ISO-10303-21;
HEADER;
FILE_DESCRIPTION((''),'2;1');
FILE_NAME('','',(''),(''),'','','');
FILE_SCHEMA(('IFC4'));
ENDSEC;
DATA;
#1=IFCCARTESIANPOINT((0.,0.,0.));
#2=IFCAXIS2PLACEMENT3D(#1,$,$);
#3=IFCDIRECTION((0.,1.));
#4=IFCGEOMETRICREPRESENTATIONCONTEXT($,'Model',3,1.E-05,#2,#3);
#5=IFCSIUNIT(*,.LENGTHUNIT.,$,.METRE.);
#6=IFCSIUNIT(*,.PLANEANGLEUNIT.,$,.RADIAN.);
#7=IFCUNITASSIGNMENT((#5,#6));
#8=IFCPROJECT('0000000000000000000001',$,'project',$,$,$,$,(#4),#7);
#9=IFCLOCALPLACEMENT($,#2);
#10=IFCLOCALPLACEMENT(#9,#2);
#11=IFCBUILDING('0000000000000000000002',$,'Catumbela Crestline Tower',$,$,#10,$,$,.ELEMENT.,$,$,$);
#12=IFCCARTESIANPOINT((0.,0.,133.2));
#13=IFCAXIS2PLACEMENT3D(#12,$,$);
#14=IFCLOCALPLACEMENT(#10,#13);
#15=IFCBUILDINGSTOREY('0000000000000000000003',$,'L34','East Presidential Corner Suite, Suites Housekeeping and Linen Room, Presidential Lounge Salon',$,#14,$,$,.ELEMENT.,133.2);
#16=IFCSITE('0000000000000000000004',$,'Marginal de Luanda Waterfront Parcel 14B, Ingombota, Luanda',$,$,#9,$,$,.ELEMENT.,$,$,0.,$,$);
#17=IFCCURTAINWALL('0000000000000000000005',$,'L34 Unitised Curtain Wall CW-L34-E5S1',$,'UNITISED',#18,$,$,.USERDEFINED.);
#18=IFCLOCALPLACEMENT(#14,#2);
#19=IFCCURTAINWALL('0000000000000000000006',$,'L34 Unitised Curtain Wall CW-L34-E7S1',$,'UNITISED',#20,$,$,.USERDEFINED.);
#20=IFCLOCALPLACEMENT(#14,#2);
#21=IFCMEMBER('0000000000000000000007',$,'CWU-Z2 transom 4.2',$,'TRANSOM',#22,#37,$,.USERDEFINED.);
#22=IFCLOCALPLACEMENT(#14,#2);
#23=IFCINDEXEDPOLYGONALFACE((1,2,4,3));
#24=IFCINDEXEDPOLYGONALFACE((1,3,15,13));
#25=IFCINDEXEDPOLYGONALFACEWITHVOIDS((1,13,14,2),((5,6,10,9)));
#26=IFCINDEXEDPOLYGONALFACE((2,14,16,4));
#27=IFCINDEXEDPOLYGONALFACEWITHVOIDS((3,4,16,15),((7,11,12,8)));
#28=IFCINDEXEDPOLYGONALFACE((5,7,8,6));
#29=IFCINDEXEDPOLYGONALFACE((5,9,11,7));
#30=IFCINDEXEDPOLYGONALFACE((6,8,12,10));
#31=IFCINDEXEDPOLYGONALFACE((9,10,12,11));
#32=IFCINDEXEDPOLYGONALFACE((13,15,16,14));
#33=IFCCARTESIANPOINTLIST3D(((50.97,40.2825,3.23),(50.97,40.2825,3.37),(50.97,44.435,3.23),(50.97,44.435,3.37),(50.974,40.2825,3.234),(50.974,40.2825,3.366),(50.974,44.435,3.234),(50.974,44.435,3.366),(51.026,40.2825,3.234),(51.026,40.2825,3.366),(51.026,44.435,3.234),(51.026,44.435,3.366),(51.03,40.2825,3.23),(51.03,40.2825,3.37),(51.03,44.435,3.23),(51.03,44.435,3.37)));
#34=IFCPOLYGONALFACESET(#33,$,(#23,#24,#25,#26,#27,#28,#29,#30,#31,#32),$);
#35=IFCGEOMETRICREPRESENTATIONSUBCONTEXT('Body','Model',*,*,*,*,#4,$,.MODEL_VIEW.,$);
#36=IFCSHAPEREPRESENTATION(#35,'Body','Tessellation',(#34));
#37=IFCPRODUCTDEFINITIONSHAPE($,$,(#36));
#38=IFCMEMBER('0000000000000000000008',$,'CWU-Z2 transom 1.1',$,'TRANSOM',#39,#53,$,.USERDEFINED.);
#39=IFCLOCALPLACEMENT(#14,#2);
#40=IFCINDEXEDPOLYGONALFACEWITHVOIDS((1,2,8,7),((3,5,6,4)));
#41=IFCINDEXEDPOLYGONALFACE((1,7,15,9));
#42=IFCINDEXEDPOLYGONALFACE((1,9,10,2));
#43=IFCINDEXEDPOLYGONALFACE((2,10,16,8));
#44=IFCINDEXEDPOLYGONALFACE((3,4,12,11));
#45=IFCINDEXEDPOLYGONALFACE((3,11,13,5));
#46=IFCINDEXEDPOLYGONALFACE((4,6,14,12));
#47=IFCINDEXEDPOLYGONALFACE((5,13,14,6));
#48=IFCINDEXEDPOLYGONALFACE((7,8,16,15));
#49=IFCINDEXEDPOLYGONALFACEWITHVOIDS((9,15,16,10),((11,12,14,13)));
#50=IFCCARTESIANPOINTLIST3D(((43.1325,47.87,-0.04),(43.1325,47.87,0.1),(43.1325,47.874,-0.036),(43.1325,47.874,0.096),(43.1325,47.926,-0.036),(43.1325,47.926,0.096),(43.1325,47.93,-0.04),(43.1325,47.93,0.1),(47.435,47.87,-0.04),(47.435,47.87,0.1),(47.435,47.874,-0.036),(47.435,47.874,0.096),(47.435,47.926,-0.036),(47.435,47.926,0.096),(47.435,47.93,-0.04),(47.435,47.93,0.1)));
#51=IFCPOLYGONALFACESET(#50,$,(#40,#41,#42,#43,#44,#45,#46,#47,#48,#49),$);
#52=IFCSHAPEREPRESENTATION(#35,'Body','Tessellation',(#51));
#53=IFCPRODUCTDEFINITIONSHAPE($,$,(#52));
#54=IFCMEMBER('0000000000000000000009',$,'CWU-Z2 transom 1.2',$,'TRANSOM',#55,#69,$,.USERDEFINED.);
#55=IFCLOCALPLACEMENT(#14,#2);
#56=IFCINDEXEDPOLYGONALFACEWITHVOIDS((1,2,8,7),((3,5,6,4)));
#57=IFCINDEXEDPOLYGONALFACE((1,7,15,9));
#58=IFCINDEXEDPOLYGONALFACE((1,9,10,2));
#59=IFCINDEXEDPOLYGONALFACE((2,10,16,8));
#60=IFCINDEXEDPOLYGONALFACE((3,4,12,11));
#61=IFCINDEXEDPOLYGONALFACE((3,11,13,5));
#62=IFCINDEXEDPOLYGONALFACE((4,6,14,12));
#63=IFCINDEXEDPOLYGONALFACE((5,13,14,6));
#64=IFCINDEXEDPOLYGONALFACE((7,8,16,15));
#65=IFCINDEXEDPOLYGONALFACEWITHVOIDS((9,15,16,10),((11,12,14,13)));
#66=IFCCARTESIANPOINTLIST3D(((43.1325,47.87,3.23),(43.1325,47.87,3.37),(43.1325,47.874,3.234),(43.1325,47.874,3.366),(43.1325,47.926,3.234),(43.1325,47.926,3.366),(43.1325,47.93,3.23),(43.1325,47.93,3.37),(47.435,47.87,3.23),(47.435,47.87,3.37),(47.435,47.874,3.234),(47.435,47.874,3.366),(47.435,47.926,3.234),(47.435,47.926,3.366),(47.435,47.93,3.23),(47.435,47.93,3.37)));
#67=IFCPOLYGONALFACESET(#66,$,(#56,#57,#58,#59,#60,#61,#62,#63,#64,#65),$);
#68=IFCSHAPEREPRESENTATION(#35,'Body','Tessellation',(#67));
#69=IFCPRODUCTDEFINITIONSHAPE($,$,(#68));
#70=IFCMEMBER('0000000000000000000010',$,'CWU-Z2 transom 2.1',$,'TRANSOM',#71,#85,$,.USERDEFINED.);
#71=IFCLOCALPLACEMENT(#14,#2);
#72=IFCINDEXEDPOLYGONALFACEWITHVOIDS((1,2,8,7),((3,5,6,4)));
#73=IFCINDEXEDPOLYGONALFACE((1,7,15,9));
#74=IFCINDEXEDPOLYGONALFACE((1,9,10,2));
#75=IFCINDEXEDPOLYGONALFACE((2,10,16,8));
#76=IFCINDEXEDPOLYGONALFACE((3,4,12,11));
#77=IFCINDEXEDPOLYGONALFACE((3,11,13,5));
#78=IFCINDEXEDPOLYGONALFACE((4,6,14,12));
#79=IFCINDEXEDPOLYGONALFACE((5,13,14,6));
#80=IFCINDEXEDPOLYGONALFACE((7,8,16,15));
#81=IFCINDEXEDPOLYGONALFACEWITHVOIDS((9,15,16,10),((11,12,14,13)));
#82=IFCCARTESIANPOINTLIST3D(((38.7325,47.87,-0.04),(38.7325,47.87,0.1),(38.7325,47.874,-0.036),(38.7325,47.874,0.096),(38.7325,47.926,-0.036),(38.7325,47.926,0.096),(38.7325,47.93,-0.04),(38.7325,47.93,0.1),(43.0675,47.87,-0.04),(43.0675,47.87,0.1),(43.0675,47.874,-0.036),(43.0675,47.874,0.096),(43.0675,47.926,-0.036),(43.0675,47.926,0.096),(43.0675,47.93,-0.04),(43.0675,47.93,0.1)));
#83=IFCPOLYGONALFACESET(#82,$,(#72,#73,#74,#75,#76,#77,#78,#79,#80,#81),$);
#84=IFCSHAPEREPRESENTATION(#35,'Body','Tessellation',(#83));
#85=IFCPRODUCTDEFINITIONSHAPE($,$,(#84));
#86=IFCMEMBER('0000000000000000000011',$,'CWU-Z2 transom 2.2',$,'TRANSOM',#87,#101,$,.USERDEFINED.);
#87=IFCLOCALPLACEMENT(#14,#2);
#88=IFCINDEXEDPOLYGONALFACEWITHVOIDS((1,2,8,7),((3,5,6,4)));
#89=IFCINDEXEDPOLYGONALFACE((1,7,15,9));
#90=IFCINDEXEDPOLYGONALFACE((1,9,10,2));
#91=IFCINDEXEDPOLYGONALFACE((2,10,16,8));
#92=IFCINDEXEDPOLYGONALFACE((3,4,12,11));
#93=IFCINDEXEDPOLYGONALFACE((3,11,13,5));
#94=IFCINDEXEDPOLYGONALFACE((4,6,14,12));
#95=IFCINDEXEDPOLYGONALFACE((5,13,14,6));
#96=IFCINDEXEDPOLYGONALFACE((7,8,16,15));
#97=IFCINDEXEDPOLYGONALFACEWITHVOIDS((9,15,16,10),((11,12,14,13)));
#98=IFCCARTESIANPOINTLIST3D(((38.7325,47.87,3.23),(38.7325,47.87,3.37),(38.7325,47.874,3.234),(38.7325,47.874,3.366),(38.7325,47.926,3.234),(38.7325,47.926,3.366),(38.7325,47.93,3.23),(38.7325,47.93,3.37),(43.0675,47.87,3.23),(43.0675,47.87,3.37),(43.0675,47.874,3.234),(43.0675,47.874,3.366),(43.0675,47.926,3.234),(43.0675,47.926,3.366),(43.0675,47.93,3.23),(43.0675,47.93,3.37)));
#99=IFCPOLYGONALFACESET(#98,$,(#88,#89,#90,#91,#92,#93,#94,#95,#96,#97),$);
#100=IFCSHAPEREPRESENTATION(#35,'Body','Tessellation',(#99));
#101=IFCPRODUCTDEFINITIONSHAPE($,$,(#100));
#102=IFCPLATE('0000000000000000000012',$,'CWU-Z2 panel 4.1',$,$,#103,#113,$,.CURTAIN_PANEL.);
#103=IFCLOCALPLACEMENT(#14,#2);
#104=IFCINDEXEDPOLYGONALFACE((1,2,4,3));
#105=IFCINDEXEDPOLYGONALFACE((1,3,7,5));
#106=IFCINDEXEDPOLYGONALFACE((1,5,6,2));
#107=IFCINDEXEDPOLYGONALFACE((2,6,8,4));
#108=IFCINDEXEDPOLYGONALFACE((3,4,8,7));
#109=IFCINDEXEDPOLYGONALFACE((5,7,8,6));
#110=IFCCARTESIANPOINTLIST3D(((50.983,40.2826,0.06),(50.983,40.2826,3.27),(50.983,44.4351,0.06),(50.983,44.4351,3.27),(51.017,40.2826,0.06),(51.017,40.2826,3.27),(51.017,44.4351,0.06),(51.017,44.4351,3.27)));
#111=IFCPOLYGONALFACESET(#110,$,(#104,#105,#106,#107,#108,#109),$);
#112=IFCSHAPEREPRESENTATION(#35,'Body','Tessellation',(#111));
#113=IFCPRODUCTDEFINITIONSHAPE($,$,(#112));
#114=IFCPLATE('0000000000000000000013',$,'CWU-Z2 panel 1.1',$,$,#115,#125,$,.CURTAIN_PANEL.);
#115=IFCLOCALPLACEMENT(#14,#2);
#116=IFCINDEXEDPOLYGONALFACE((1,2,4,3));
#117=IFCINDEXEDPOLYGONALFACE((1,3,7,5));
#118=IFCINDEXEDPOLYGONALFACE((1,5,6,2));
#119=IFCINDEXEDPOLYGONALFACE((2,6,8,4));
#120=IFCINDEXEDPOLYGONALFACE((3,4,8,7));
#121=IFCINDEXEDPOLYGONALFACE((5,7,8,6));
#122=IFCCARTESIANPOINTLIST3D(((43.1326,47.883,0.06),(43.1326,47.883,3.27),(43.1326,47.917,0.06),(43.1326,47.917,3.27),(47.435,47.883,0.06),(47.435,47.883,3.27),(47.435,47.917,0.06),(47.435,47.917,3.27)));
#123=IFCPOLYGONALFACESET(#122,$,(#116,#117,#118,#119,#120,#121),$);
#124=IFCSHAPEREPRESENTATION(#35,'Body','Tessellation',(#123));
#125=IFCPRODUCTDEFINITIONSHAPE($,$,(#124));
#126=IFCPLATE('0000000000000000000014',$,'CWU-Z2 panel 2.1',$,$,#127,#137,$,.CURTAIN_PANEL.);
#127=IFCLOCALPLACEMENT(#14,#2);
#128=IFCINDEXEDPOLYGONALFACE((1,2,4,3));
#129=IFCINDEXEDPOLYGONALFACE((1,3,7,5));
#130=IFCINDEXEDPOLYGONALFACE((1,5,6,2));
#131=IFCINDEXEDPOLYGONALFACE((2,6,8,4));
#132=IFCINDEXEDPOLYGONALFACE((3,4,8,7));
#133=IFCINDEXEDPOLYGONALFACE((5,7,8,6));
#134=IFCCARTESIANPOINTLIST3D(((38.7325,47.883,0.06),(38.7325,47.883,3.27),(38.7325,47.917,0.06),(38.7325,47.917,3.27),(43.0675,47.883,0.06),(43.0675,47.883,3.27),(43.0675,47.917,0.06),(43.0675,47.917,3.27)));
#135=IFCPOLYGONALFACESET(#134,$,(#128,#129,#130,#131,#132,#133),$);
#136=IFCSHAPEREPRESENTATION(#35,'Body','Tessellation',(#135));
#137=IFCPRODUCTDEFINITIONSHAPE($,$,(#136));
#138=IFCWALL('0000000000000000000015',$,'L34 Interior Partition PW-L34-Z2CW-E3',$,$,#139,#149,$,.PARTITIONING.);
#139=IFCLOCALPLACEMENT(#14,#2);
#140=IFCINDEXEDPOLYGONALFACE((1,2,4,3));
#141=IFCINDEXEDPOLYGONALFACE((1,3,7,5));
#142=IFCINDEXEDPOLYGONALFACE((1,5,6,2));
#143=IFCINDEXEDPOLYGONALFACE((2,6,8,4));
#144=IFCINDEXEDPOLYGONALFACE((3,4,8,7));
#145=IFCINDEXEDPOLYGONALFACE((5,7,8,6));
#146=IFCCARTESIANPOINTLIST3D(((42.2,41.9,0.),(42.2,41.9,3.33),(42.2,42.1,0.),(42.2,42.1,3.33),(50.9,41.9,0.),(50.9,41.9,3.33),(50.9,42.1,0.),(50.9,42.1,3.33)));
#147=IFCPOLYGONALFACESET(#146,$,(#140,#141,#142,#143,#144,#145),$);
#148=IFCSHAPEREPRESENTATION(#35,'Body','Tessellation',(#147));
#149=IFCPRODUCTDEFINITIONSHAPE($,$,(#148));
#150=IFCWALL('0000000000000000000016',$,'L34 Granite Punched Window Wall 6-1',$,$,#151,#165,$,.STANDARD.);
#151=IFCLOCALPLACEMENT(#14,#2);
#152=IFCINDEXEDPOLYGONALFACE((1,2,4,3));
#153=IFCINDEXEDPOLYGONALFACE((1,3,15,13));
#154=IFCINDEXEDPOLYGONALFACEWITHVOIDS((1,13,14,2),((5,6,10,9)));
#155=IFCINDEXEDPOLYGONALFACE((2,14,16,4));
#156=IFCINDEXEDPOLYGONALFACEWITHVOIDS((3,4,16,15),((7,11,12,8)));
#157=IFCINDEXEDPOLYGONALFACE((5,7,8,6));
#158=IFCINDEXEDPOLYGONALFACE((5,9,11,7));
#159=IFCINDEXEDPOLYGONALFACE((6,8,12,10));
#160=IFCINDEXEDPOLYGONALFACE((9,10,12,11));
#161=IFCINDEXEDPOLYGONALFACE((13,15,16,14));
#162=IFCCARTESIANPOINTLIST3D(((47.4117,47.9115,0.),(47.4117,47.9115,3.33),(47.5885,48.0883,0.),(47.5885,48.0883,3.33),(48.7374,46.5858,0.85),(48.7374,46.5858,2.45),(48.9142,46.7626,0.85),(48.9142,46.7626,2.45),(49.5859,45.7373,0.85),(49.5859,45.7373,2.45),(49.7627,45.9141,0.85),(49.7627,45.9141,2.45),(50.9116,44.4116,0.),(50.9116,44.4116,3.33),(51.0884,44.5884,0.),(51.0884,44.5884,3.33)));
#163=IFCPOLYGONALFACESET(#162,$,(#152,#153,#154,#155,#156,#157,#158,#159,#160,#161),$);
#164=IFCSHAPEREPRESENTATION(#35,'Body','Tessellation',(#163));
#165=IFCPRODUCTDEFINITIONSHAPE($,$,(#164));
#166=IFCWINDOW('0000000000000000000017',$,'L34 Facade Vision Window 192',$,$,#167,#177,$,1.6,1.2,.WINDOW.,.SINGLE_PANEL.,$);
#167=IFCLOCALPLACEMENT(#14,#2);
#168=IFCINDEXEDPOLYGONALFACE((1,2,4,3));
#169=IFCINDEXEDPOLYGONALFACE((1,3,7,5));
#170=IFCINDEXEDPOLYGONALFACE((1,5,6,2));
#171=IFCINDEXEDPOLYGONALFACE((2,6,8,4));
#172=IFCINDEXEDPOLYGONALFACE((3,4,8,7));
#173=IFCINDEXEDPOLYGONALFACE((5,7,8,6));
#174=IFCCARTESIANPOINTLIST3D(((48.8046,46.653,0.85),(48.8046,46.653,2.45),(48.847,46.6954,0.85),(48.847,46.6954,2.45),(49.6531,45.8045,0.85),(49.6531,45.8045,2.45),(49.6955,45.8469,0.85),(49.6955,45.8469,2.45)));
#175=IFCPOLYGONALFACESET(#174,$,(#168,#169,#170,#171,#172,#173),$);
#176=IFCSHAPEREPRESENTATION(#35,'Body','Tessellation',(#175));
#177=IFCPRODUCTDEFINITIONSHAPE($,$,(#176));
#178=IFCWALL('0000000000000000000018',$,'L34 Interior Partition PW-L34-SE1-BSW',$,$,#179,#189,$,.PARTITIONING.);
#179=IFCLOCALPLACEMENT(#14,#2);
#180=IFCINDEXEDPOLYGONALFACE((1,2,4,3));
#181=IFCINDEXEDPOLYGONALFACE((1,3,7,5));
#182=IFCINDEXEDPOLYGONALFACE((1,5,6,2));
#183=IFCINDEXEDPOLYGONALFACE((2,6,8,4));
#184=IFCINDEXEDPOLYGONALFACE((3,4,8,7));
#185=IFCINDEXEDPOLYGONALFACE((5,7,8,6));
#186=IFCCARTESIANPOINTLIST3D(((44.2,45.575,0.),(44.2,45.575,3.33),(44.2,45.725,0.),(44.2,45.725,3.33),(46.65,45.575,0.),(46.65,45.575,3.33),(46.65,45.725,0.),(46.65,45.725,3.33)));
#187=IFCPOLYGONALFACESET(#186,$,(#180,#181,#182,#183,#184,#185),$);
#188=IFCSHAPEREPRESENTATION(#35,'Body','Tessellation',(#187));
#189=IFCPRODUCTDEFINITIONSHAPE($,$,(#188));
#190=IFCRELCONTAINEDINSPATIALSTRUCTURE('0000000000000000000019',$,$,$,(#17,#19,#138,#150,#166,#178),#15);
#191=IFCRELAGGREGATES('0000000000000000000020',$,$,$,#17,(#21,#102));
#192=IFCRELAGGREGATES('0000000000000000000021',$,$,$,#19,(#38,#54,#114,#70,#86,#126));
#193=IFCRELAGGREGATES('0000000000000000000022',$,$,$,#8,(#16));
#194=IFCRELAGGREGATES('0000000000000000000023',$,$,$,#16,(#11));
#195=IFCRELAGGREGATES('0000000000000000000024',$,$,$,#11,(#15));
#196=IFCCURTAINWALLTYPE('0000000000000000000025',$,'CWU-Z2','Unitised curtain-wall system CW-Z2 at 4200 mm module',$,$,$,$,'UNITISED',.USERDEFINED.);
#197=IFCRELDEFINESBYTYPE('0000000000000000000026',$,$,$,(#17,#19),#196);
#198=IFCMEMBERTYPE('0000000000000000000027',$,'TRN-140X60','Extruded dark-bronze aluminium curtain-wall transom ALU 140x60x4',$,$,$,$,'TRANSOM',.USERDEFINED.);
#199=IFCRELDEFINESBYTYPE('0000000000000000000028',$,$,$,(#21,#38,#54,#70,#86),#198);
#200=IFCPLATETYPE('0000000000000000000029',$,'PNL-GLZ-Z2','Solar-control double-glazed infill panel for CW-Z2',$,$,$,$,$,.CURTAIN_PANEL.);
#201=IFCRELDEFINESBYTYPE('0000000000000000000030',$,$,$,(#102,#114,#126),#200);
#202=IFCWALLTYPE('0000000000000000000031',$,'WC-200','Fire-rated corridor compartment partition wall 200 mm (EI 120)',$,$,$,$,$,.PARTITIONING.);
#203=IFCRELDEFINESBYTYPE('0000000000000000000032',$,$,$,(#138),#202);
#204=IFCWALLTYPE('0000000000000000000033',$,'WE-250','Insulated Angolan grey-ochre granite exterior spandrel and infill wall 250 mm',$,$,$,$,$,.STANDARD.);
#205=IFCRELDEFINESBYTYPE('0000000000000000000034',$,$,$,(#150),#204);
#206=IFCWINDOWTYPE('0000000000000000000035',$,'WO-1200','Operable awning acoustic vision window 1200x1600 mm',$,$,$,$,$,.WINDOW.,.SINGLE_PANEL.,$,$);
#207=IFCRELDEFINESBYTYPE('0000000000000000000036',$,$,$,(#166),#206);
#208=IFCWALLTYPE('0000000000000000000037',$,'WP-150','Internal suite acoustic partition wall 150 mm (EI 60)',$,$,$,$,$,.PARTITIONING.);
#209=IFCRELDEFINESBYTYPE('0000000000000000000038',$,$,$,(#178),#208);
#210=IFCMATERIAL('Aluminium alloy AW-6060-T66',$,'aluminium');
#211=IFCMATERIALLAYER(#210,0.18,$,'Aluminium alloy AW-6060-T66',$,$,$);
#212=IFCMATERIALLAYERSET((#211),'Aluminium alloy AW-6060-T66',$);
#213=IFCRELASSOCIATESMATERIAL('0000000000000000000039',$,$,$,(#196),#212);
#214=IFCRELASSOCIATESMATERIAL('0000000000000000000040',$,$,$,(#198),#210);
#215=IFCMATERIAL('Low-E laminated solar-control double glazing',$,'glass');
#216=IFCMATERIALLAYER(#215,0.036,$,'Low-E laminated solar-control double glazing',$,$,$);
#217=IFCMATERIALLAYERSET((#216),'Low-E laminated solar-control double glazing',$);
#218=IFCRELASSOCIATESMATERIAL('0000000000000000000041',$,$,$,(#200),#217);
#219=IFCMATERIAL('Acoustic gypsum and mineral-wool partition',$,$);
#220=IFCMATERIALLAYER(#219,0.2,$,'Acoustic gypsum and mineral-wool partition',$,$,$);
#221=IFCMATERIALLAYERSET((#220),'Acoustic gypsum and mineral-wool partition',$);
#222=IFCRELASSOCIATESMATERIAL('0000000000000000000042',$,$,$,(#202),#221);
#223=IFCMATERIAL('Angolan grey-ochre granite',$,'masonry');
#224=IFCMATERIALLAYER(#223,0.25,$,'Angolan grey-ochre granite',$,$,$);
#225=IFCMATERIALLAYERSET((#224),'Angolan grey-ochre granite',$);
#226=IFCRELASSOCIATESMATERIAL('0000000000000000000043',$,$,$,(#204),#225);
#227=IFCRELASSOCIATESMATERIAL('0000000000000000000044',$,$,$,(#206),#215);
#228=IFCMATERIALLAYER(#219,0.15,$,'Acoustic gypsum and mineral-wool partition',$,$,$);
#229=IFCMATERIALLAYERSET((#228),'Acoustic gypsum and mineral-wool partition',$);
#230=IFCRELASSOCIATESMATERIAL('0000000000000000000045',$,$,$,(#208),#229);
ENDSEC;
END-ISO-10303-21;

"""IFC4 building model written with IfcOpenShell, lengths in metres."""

from ifc_helpers import new_model, si_unit, direction, frame, frame_2d, origin, origin_2d, place, context, subcontext, project, spatial, rectangle, hollow_rectangle, extrude, material, layer, layer_set, material_profile, profile_set, type_object, element, fill, aggregate, save


model = new_model("IFC4")

# Units and contexts
model_context = context("Model", 3, precision=1e-05, world=origin(), true_north=direction((0.0, 1.0)))
body_context = subcontext(model_context, "Body", "Model", "MODEL_VIEW")
ifc_project = project(units=[si_unit("LENGTHUNIT", "METRE"), si_unit("PLANEANGLEUNIT", "RADIAN")], contexts=[model_context])

# Site, building, storey
site_placement = place(None, origin())
site = spatial("IfcSite", under=ifc_project, at=site_placement, Name="Marginal de Luanda Waterfront Parcel 14B, Ingombota, Luanda", CompositionType="ELEMENT", RefElevation=0.0)
building_placement = place(site_placement, origin())
building = spatial("IfcBuilding", under=site, at=building_placement, Name="Catumbela Crestline Tower", CompositionType="ELEMENT")
storey_placement = place(building_placement, frame((0.0, 0.0, 133.2)))
storey = spatial("IfcBuildingStorey", under=building, at=storey_placement, Name="L34", Description="East Presidential Corner Suite, Suites Housekeeping and Linen Room, Presidential Lounge Salon", CompositionType="ELEMENT", Elevation=133.2)

# Curtain walls
ifc_material_1 = material(Name="Aluminium alloy AW-6060-T66", Category="aluminium")
ifc_layer_1 = layer(ifc_material_1, 0.18, Name="Aluminium alloy AW-6060-T66")
ifc_layer_set_1 = layer_set([ifc_layer_1], Name="Aluminium alloy AW-6060-T66")
curtain_wall_type = type_object("IfcCurtainWallType", Name="CWU-Z2", Description="Unitised curtain-wall system CW-Z2 at 4200 mm module", ElementType="UNITISED", PredefinedType="USERDEFINED", material=ifc_layer_set_1)
curtain_wall_1_placement = place(storey_placement, origin())
curtain_wall_1 = element("IfcCurtainWall", 1, at=curtain_wall_1_placement, inside=storey, type_object=curtain_wall_type, Name="L34 Unitised Curtain Wall CW-L34-E5S1", ObjectType="UNITISED", PredefinedType="USERDEFINED")
curtain_wall_2_placement = place(storey_placement, origin())
curtain_wall_2 = element("IfcCurtainWall", 2, at=curtain_wall_2_placement, inside=storey, type_object=curtain_wall_type, Name="L34 Unitised Curtain Wall CW-L34-E7S1", ObjectType="UNITISED", PredefinedType="USERDEFINED")

# Members
ifc_material_profile_1 = material_profile(ifc_material_1, hollow_rectangle(XDim=0.06, YDim=0.14, WallThickness=0.004, at=origin_2d()), Name="ALU 140x60x4")
ifc_profile_set_1 = profile_set([ifc_material_profile_1], Name="Aluminium alloy AW-6060-T66")
member_type_1 = type_object("IfcMemberType", Name="TRN-140X60", Description="Extruded dark-bronze aluminium curtain-wall transom ALU 140x60x4", ElementType="TRANSOM", PredefinedType="USERDEFINED", material=ifc_profile_set_1)
member_1_placement = place(storey_placement, frame((51.0, 40.2825, 3.3), z_axis=(0.0, 1.0, 0.0), x_axis=(-1.0, 0.0, 0.0)))
member_1 = element("IfcMember", 3, at=member_1_placement, type_object=member_type_1, Name="CWU-Z2 transom 4.2", ObjectType="TRANSOM", PredefinedType="USERDEFINED", context=body_context, shape_type="SweptSolid", body=[
    extrude(hollow_rectangle(XDim=0.06, YDim=0.14, WallThickness=0.004, at=origin_2d()), origin(), (0.0, 0.0, 1.0), 4.1525),
])
member_2_placement = place(storey_placement, frame((47.435, 47.9, 0.03), z_axis=(-1.0, 0.0, 0.0), x_axis=(0.0, -1.0, 0.0)))
member_2 = element("IfcMember", 4, at=member_2_placement, type_object=member_type_1, Name="CWU-Z2 transom 1.1", ObjectType="TRANSOM", PredefinedType="USERDEFINED", context=body_context, shape_type="SweptSolid", body=[
    extrude(hollow_rectangle(XDim=0.06, YDim=0.14, WallThickness=0.004, at=origin_2d()), origin(), (0.0, 0.0, 1.0), 4.3025),
])
member_3_placement = place(storey_placement, frame((47.435, 47.9, 3.3), z_axis=(-1.0, 0.0, 0.0), x_axis=(0.0, -1.0, 0.0)))
member_3 = element("IfcMember", 5, at=member_3_placement, type_object=member_type_1, Name="CWU-Z2 transom 1.2", ObjectType="TRANSOM", PredefinedType="USERDEFINED", context=body_context, shape_type="SweptSolid", body=[
    extrude(hollow_rectangle(XDim=0.06, YDim=0.14, WallThickness=0.004, at=origin_2d()), origin(), (0.0, 0.0, 1.0), 4.3025),
])
member_4_placement = place(storey_placement, frame((43.0675, 47.9, 0.03), z_axis=(-1.0, 0.0, 0.0), x_axis=(0.0, -1.0, 0.0)))
member_4 = element("IfcMember", 6, at=member_4_placement, type_object=member_type_1, Name="CWU-Z2 transom 2.1", ObjectType="TRANSOM", PredefinedType="USERDEFINED", context=body_context, shape_type="SweptSolid", body=[
    extrude(hollow_rectangle(XDim=0.06, YDim=0.14, WallThickness=0.004, at=origin_2d()), origin(), (0.0, 0.0, 1.0), 4.335),
])
member_5_placement = place(storey_placement, frame((43.0675, 47.9, 3.3), z_axis=(-1.0, 0.0, 0.0), x_axis=(0.0, -1.0, 0.0)))
member_5 = element("IfcMember", 7, at=member_5_placement, type_object=member_type_1, Name="CWU-Z2 transom 2.2", ObjectType="TRANSOM", PredefinedType="USERDEFINED", context=body_context, shape_type="SweptSolid", body=[
    extrude(hollow_rectangle(XDim=0.06, YDim=0.14, WallThickness=0.004, at=origin_2d()), origin(), (0.0, 0.0, 1.0), 4.335),
])

# Plates
ifc_material_2 = material(Name="Low-E laminated solar-control double glazing", Category="glass")
ifc_layer_2 = layer(ifc_material_2, 0.036, Name="Low-E laminated solar-control double glazing")
ifc_layer_set_2 = layer_set([ifc_layer_2], Name="Low-E laminated solar-control double glazing")
plate_type = type_object("IfcPlateType", Name="PNL-GLZ-Z2", Description="Solar-control double-glazed infill panel for CW-Z2", PredefinedType="CURTAIN_PANEL", material=ifc_layer_set_2)
plate_1_placement = place(storey_placement, frame((51.0, 42.3588, 0.06), z_axis=(0.0, 0.0, 1.0), x_axis=(0.0, 1.0, 0.0)))
plate_1 = element("IfcPlate", 8, at=plate_1_placement, type_object=plate_type, Name="CWU-Z2 panel 4.1", PredefinedType="CURTAIN_PANEL", context=body_context, shape_type="SweptSolid", body=[
    extrude(rectangle(XDim=4.1525, YDim=0.034, at=origin_2d()), origin(), (0.0, 0.0, 1.0), 3.21),
])
aggregate(curtain_wall_1, [member_1, plate_1])
plate_2_placement = place(storey_placement, frame((45.2838, 47.9, 0.06), z_axis=(0.0, 0.0, 1.0), x_axis=(-1.0, 0.0, 0.0)))
plate_2 = element("IfcPlate", 9, at=plate_2_placement, type_object=plate_type, Name="CWU-Z2 panel 1.1", PredefinedType="CURTAIN_PANEL", context=body_context, shape_type="SweptSolid", body=[
    extrude(rectangle(XDim=4.3025, YDim=0.034, at=origin_2d()), origin(), (0.0, 0.0, 1.0), 3.21),
])
plate_3_placement = place(storey_placement, frame((40.9, 47.9, 0.06), z_axis=(0.0, 0.0, 1.0), x_axis=(-1.0, 0.0, 0.0)))
plate_3 = element("IfcPlate", 10, at=plate_3_placement, type_object=plate_type, Name="CWU-Z2 panel 2.1", PredefinedType="CURTAIN_PANEL", context=body_context, shape_type="SweptSolid", body=[
    extrude(rectangle(XDim=4.335, YDim=0.034, at=origin_2d()), origin(), (0.0, 0.0, 1.0), 3.21),
])
aggregate(curtain_wall_2, [member_2, member_3, plate_2, member_4, member_5, plate_3])

# Wall
ifc_material_3 = material(Name="Acoustic gypsum and mineral-wool partition")
ifc_layer_3 = layer(ifc_material_3, 0.2, Name="Acoustic gypsum and mineral-wool partition")
ifc_layer_set_3 = layer_set([ifc_layer_3], Name="Acoustic gypsum and mineral-wool partition")
wall_type_1 = type_object("IfcWallType", Name="WC-200", Description="Fire-rated corridor compartment partition wall 200 mm (EI 120)", PredefinedType="PARTITIONING", material=ifc_layer_set_3)
wall_1_placement = place(storey_placement, frame((42.2, 42.0, 0.0), z_axis=(0.0, 0.0, 1.0), x_axis=(1.0, 0.0, 0.0)))
element("IfcWall", 11, at=wall_1_placement, inside=storey, type_object=wall_type_1, Name="L34 Interior Partition PW-L34-Z2CW-E3", PredefinedType="PARTITIONING", context=body_context, shape_type="SweptSolid", body=[
    extrude(rectangle(XDim=8.7, YDim=0.2, at=frame_2d((4.35, 0.0))), origin(), (0.0, 0.0, 1.0), 3.33),
])

# Wall, opening, window
ifc_material_4 = material(Name="Angolan grey-ochre granite", Category="masonry")
ifc_layer_4 = layer(ifc_material_4, 0.25, Name="Angolan grey-ochre granite")
ifc_layer_set_4 = layer_set([ifc_layer_4], Name="Angolan grey-ochre granite")
wall_type_2 = type_object("IfcWallType", Name="WE-250", Description="Insulated Angolan grey-ochre granite exterior spandrel and infill wall 250 mm", PredefinedType="STANDARD", material=ifc_layer_set_4)
wall_2_placement = place(storey_placement, frame((51.0, 44.5, 0.0), z_axis=(0.0, 0.0, 1.0), x_axis=(-0.707107, 0.707107, 0.0)))
wall_2 = element("IfcWall", 12, at=wall_2_placement, inside=storey, type_object=wall_type_2, Name="L34 Granite Punched Window Wall 6-1", PredefinedType="STANDARD", context=body_context, shape_type="SweptSolid", body=[
    extrude(rectangle(XDim=4.9497, YDim=0.25, at=frame_2d((2.4748, 0.0))), origin(), (0.0, 0.0, 1.0), 3.33),
])
opening_1_placement = place(wall_2_placement, frame((1.8748, 0.0, 0.85)))
opening_1 = element("IfcOpeningElement", 13, at=opening_1_placement, cuts=wall_2, PredefinedType="OPENING", context=body_context, shape_type="SweptSolid", body=[
    extrude(rectangle(XDim=1.2, YDim=1.6, at=frame_2d((0.6, 0.8))), frame((0.0, 0.135, 0.0), z_axis=(0.0, -1.0, 0.0), x_axis=(1.0, 0.0, 0.0)), (0.0, 0.0, 1.0), 0.27),
])
window_type = type_object("IfcWindowType", Name="WO-1200", Description="Operable awning acoustic vision window 1200x1600 mm", PartitioningType="SINGLE_PANEL", PredefinedType="WINDOW", material=ifc_material_2)
window_placement = place(opening_1_placement, origin())
window = element("IfcWindow", 14, at=window_placement, inside=storey, type_object=window_type, Name="L34 Facade Vision Window 192", OverallHeight=1.6, OverallWidth=1.2, PartitioningType="SINGLE_PANEL", PredefinedType="WINDOW", context=body_context, shape_type="SweptSolid", body=[
    extrude(rectangle(XDim=1.2, YDim=1.6, at=frame_2d((0.6, 0.8))), frame((0.0, 0.03, 0.0), z_axis=(0.0, -1.0, 0.0), x_axis=(1.0, 0.0, 0.0)), (0.0, 0.0, 1.0), 0.06),
])
fill(opening_1, window)

# Wall
ifc_layer_5 = layer(ifc_material_3, 0.15, Name="Acoustic gypsum and mineral-wool partition")
ifc_layer_set_5 = layer_set([ifc_layer_5], Name="Acoustic gypsum and mineral-wool partition")
wall_type_3 = type_object("IfcWallType", Name="WP-150", Description="Internal suite acoustic partition wall 150 mm (EI 60)", PredefinedType="PARTITIONING", material=ifc_layer_set_5)
wall_3_placement = place(storey_placement, frame((44.2, 45.65, 0.0), z_axis=(0.0, 0.0, 1.0), x_axis=(1.0, 0.0, 0.0)))
element("IfcWall", 15, at=wall_3_placement, inside=storey, type_object=wall_type_3, Name="L34 Interior Partition PW-L34-SE1-BSW", PredefinedType="PARTITIONING", context=body_context, shape_type="SweptSolid", body=[
    extrude(rectangle(XDim=2.45, YDim=0.15, at=frame_2d((1.225, 0.0))), origin(), (0.0, 0.0, 1.0), 3.33),
])

save(model, "model.ifc")
